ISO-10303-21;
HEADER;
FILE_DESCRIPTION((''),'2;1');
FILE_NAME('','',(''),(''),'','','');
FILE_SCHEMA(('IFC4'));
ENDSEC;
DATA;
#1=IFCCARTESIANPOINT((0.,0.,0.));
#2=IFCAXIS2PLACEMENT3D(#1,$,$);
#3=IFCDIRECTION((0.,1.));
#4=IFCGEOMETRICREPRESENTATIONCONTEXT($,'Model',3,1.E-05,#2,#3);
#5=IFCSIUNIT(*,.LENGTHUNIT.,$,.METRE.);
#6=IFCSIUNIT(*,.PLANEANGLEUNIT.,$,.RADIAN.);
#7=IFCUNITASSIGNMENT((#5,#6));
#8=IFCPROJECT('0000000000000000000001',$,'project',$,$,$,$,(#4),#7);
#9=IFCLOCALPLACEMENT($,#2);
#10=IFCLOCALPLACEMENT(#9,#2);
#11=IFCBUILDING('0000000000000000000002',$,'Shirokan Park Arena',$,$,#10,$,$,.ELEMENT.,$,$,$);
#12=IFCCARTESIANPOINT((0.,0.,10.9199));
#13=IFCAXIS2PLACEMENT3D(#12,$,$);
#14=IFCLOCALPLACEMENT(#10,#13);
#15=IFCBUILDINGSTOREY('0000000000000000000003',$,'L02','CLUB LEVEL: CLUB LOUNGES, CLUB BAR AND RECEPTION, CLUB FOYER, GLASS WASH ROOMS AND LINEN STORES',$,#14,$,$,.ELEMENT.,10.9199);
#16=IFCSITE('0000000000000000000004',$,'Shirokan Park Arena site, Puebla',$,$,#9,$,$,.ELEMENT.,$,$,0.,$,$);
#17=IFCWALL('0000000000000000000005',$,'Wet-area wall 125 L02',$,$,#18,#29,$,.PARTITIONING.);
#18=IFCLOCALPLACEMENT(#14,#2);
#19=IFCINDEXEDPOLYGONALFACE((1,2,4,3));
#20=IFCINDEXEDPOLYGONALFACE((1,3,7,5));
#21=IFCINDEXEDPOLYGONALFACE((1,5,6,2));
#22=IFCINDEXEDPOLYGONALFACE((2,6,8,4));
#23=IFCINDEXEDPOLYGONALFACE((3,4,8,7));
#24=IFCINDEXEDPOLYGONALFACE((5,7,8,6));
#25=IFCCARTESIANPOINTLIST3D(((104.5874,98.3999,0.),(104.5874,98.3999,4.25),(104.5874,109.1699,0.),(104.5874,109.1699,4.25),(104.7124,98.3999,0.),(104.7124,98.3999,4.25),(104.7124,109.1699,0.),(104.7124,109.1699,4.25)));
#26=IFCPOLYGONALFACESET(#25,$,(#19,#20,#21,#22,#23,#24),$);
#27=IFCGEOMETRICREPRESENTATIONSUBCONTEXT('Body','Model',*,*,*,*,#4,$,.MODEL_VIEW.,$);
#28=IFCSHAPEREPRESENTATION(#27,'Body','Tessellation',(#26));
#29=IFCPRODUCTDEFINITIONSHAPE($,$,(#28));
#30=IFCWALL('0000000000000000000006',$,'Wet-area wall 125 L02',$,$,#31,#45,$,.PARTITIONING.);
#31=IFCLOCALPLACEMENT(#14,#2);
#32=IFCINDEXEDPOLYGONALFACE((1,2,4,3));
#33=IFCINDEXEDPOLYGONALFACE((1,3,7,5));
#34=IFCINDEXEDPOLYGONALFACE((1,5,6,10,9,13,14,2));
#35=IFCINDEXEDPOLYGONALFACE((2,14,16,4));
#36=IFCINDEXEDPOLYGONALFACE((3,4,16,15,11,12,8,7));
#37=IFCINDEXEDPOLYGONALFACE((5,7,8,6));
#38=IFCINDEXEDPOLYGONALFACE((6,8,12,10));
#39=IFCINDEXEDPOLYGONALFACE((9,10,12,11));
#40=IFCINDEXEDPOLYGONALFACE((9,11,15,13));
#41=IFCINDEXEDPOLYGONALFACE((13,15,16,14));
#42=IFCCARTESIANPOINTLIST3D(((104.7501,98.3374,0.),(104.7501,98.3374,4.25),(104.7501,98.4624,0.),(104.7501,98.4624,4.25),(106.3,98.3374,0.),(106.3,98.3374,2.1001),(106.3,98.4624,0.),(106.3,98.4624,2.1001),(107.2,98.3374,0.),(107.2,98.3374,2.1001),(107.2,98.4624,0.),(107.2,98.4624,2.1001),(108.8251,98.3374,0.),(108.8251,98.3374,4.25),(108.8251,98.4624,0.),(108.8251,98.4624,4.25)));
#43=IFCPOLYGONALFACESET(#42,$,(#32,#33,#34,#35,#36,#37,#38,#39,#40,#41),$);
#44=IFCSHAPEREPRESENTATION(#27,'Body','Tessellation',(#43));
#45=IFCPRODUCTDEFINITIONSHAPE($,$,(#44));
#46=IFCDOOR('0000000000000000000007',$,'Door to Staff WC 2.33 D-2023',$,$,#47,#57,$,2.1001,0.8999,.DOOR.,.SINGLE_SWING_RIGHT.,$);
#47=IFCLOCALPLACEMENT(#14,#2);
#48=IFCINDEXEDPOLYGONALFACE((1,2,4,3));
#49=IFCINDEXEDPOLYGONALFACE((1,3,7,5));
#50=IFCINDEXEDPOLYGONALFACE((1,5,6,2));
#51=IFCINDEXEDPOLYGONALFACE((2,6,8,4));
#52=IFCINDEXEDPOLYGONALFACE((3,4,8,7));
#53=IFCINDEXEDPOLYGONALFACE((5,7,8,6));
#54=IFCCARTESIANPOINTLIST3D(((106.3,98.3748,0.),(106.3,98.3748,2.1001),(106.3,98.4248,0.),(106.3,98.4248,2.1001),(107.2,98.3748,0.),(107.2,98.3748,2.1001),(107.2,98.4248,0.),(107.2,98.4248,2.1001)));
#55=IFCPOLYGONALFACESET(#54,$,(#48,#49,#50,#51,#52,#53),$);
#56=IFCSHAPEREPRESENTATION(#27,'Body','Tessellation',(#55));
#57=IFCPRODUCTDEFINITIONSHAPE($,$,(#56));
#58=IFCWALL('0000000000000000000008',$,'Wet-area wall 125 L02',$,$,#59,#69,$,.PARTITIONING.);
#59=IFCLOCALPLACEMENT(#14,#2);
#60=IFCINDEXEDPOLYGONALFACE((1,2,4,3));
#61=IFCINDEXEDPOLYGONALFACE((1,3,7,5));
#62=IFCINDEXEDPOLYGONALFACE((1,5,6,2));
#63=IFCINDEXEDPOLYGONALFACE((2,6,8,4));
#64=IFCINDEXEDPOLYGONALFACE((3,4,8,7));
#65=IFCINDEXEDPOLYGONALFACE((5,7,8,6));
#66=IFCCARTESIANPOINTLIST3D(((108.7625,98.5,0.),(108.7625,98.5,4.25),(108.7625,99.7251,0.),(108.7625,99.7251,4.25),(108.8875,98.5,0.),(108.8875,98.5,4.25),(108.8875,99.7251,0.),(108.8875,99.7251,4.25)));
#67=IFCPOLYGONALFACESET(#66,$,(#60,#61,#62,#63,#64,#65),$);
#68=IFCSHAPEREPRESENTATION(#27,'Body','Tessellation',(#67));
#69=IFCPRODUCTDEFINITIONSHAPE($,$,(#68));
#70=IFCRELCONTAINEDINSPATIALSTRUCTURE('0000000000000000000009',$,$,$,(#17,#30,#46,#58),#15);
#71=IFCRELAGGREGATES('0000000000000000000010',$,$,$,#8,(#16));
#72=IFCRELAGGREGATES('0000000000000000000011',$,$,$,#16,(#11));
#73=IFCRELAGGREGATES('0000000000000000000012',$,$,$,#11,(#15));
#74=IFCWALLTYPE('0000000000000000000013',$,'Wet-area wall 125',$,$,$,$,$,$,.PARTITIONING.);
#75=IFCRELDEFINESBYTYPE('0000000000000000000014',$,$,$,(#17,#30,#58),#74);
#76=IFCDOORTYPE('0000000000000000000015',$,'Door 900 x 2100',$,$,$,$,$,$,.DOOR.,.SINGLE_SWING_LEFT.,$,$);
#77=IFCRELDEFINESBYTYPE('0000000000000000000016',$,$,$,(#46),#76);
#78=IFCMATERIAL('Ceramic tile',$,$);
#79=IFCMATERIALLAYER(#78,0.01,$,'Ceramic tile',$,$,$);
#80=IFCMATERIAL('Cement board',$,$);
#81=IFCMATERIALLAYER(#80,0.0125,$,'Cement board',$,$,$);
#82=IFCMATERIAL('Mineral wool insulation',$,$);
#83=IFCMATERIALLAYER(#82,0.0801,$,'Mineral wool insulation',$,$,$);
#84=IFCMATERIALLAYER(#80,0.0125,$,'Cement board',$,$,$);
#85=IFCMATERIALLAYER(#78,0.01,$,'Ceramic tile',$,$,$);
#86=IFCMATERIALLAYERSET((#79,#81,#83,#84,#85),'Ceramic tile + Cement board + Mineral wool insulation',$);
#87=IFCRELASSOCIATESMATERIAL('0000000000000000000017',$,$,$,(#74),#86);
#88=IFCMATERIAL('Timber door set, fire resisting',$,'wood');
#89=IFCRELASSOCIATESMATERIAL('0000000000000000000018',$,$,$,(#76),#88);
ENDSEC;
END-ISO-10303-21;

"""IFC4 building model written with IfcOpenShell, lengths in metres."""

from ifc_helpers import new_model, si_unit, direction, frame, frame_2d, origin, place, context, subcontext, project, spatial, rectangle, extrude, material, layer, layer_set, type_object, element, fill, save


model = new_model("IFC4")

# Units and contexts
model_context = context("Model", 3, precision=1e-05, world=origin(), true_north=direction((0.0, 1.0)))
body_context = subcontext(model_context, "Body", "Model", "MODEL_VIEW")
ifc_project = project(units=[si_unit("LENGTHUNIT", "METRE"), si_unit("PLANEANGLEUNIT", "RADIAN")], contexts=[model_context])

# Site, building, storey
site_placement = place(None, origin())
site = spatial("IfcSite", under=ifc_project, at=site_placement, Name="Shirokan Park Arena site, Puebla", CompositionType="ELEMENT", RefElevation=0.0)
building_placement = place(site_placement, origin())
building = spatial("IfcBuilding", under=site, at=building_placement, Name="Shirokan Park Arena", CompositionType="ELEMENT")
storey_placement = place(building_placement, frame((0.0, 0.0, 10.9199)))
storey = spatial("IfcBuildingStorey", under=building, at=storey_placement, Name="L02", Description="CLUB LEVEL: CLUB LOUNGES, CLUB BAR AND RECEPTION, CLUB FOYER, GLASS WASH ROOMS AND LINEN STORES", CompositionType="ELEMENT", Elevation=10.9199)

# Shared definitions
ifc_material_1 = material(Name="Mineral wool insulation")

# Shared definitions
ifc_material_2 = material(Name="Timber door set, fire resisting", Category="wood")

# Wall
ifc_material_3 = material(Name="Ceramic tile")
ifc_layer_1 = layer(ifc_material_3, 0.01, Name="Ceramic tile")
ifc_material_4 = material(Name="Cement board")
ifc_layer_2 = layer(ifc_material_4, 0.0125, Name="Cement board")
ifc_layer_3 = layer(ifc_material_1, 0.0801, Name="Mineral wool insulation")
ifc_layer_4 = layer(ifc_material_4, 0.0125, Name="Cement board")
ifc_layer_5 = layer(ifc_material_3, 0.01, Name="Ceramic tile")
ifc_layer_set_1 = layer_set([ifc_layer_1, ifc_layer_2, ifc_layer_3, ifc_layer_4, ifc_layer_5], Name="Ceramic tile + Cement board + Mineral wool insulation")
wall_type_1 = type_object("IfcWallType", Name="Wet-area wall 125", PredefinedType="PARTITIONING", material=ifc_layer_set_1)
wall_1_placement = place(storey_placement, frame((104.6499, 98.3999, 0.0), z_axis=(0.0, 0.0, 1.0), x_axis=(0.0, 1.0, 0.0)))
element("IfcWall", 1, at=wall_1_placement, inside=storey, type_object=wall_type_1, Name="Wet-area wall 125 L02", PredefinedType="PARTITIONING", context=body_context, shape_type="SweptSolid", body=[
    extrude(rectangle(XDim=10.77, YDim=0.125, at=frame_2d((5.385, 0.0))), origin(), (0.0, 0.0, 1.0), 4.25),
])

# Wall, opening, door
wall_2_placement = place(storey_placement, frame((104.75, 98.3999, 0.0), z_axis=(0.0, 0.0, 1.0), x_axis=(1.0, 0.0, 0.0)))
wall_2 = element("IfcWall", 2, at=wall_2_placement, inside=storey, type_object=wall_type_1, Name="Wet-area wall 125 L02", PredefinedType="PARTITIONING", context=body_context, shape_type="SweptSolid", body=[
    extrude(rectangle(XDim=4.075, YDim=0.125, at=frame_2d((2.0376, 0.0))), origin(), (0.0, 0.0, 1.0), 4.25),
])
opening_1_placement = place(wall_2_placement, frame((1.55, 0.0, 0.0)))
opening_1 = element("IfcOpeningElement", 3, at=opening_1_placement, cuts=wall_2, PredefinedType="OPENING", context=body_context, shape_type="SweptSolid", body=[
    extrude(rectangle(XDim=0.8999, YDim=2.1001, at=frame_2d((0.45, 1.05))), frame((0.0, 0.0725, 0.0), z_axis=(0.0, -1.0, 0.0), x_axis=(1.0, 0.0, 0.0)), (0.0, 0.0, 1.0), 0.145),
])
door_type_1 = type_object("IfcDoorType", Name="Door 900 x 2100", OperationType="SINGLE_SWING_LEFT", PredefinedType="DOOR", material=ifc_material_2)
door_1_placement = place(opening_1_placement, origin())
door_1 = element("IfcDoor", 4, at=door_1_placement, inside=storey, type_object=door_type_1, Name="Door to Staff WC 2.33 D-2023", OperationType="SINGLE_SWING_RIGHT", OverallHeight=2.1001, OverallWidth=0.8999, PredefinedType="DOOR", context=body_context, shape_type="SweptSolid", body=[
    extrude(rectangle(XDim=0.8999, YDim=2.1001, at=frame_2d((0.45, 1.05))), frame((0.0, 0.0249, 0.0), z_axis=(0.0, -1.0, 0.0), x_axis=(1.0, 0.0, 0.0)), (0.0, 0.0, 1.0), 0.05),
])
fill(opening_1, door_1)

# Wall
wall_3_placement = place(storey_placement, frame((108.825, 98.5, 0.0), z_axis=(0.0, 0.0, 1.0), x_axis=(0.0, 1.0, 0.0)))
element("IfcWall", 5, at=wall_3_placement, inside=storey, type_object=wall_type_1, Name="Wet-area wall 125 L02", PredefinedType="PARTITIONING", context=body_context, shape_type="SweptSolid", body=[
    extrude(rectangle(XDim=1.2251, YDim=0.125, at=frame_2d((0.6125, 0.0))), origin(), (0.0, 0.0, 1.0), 4.25),
])

save(model, "model.ifc")
